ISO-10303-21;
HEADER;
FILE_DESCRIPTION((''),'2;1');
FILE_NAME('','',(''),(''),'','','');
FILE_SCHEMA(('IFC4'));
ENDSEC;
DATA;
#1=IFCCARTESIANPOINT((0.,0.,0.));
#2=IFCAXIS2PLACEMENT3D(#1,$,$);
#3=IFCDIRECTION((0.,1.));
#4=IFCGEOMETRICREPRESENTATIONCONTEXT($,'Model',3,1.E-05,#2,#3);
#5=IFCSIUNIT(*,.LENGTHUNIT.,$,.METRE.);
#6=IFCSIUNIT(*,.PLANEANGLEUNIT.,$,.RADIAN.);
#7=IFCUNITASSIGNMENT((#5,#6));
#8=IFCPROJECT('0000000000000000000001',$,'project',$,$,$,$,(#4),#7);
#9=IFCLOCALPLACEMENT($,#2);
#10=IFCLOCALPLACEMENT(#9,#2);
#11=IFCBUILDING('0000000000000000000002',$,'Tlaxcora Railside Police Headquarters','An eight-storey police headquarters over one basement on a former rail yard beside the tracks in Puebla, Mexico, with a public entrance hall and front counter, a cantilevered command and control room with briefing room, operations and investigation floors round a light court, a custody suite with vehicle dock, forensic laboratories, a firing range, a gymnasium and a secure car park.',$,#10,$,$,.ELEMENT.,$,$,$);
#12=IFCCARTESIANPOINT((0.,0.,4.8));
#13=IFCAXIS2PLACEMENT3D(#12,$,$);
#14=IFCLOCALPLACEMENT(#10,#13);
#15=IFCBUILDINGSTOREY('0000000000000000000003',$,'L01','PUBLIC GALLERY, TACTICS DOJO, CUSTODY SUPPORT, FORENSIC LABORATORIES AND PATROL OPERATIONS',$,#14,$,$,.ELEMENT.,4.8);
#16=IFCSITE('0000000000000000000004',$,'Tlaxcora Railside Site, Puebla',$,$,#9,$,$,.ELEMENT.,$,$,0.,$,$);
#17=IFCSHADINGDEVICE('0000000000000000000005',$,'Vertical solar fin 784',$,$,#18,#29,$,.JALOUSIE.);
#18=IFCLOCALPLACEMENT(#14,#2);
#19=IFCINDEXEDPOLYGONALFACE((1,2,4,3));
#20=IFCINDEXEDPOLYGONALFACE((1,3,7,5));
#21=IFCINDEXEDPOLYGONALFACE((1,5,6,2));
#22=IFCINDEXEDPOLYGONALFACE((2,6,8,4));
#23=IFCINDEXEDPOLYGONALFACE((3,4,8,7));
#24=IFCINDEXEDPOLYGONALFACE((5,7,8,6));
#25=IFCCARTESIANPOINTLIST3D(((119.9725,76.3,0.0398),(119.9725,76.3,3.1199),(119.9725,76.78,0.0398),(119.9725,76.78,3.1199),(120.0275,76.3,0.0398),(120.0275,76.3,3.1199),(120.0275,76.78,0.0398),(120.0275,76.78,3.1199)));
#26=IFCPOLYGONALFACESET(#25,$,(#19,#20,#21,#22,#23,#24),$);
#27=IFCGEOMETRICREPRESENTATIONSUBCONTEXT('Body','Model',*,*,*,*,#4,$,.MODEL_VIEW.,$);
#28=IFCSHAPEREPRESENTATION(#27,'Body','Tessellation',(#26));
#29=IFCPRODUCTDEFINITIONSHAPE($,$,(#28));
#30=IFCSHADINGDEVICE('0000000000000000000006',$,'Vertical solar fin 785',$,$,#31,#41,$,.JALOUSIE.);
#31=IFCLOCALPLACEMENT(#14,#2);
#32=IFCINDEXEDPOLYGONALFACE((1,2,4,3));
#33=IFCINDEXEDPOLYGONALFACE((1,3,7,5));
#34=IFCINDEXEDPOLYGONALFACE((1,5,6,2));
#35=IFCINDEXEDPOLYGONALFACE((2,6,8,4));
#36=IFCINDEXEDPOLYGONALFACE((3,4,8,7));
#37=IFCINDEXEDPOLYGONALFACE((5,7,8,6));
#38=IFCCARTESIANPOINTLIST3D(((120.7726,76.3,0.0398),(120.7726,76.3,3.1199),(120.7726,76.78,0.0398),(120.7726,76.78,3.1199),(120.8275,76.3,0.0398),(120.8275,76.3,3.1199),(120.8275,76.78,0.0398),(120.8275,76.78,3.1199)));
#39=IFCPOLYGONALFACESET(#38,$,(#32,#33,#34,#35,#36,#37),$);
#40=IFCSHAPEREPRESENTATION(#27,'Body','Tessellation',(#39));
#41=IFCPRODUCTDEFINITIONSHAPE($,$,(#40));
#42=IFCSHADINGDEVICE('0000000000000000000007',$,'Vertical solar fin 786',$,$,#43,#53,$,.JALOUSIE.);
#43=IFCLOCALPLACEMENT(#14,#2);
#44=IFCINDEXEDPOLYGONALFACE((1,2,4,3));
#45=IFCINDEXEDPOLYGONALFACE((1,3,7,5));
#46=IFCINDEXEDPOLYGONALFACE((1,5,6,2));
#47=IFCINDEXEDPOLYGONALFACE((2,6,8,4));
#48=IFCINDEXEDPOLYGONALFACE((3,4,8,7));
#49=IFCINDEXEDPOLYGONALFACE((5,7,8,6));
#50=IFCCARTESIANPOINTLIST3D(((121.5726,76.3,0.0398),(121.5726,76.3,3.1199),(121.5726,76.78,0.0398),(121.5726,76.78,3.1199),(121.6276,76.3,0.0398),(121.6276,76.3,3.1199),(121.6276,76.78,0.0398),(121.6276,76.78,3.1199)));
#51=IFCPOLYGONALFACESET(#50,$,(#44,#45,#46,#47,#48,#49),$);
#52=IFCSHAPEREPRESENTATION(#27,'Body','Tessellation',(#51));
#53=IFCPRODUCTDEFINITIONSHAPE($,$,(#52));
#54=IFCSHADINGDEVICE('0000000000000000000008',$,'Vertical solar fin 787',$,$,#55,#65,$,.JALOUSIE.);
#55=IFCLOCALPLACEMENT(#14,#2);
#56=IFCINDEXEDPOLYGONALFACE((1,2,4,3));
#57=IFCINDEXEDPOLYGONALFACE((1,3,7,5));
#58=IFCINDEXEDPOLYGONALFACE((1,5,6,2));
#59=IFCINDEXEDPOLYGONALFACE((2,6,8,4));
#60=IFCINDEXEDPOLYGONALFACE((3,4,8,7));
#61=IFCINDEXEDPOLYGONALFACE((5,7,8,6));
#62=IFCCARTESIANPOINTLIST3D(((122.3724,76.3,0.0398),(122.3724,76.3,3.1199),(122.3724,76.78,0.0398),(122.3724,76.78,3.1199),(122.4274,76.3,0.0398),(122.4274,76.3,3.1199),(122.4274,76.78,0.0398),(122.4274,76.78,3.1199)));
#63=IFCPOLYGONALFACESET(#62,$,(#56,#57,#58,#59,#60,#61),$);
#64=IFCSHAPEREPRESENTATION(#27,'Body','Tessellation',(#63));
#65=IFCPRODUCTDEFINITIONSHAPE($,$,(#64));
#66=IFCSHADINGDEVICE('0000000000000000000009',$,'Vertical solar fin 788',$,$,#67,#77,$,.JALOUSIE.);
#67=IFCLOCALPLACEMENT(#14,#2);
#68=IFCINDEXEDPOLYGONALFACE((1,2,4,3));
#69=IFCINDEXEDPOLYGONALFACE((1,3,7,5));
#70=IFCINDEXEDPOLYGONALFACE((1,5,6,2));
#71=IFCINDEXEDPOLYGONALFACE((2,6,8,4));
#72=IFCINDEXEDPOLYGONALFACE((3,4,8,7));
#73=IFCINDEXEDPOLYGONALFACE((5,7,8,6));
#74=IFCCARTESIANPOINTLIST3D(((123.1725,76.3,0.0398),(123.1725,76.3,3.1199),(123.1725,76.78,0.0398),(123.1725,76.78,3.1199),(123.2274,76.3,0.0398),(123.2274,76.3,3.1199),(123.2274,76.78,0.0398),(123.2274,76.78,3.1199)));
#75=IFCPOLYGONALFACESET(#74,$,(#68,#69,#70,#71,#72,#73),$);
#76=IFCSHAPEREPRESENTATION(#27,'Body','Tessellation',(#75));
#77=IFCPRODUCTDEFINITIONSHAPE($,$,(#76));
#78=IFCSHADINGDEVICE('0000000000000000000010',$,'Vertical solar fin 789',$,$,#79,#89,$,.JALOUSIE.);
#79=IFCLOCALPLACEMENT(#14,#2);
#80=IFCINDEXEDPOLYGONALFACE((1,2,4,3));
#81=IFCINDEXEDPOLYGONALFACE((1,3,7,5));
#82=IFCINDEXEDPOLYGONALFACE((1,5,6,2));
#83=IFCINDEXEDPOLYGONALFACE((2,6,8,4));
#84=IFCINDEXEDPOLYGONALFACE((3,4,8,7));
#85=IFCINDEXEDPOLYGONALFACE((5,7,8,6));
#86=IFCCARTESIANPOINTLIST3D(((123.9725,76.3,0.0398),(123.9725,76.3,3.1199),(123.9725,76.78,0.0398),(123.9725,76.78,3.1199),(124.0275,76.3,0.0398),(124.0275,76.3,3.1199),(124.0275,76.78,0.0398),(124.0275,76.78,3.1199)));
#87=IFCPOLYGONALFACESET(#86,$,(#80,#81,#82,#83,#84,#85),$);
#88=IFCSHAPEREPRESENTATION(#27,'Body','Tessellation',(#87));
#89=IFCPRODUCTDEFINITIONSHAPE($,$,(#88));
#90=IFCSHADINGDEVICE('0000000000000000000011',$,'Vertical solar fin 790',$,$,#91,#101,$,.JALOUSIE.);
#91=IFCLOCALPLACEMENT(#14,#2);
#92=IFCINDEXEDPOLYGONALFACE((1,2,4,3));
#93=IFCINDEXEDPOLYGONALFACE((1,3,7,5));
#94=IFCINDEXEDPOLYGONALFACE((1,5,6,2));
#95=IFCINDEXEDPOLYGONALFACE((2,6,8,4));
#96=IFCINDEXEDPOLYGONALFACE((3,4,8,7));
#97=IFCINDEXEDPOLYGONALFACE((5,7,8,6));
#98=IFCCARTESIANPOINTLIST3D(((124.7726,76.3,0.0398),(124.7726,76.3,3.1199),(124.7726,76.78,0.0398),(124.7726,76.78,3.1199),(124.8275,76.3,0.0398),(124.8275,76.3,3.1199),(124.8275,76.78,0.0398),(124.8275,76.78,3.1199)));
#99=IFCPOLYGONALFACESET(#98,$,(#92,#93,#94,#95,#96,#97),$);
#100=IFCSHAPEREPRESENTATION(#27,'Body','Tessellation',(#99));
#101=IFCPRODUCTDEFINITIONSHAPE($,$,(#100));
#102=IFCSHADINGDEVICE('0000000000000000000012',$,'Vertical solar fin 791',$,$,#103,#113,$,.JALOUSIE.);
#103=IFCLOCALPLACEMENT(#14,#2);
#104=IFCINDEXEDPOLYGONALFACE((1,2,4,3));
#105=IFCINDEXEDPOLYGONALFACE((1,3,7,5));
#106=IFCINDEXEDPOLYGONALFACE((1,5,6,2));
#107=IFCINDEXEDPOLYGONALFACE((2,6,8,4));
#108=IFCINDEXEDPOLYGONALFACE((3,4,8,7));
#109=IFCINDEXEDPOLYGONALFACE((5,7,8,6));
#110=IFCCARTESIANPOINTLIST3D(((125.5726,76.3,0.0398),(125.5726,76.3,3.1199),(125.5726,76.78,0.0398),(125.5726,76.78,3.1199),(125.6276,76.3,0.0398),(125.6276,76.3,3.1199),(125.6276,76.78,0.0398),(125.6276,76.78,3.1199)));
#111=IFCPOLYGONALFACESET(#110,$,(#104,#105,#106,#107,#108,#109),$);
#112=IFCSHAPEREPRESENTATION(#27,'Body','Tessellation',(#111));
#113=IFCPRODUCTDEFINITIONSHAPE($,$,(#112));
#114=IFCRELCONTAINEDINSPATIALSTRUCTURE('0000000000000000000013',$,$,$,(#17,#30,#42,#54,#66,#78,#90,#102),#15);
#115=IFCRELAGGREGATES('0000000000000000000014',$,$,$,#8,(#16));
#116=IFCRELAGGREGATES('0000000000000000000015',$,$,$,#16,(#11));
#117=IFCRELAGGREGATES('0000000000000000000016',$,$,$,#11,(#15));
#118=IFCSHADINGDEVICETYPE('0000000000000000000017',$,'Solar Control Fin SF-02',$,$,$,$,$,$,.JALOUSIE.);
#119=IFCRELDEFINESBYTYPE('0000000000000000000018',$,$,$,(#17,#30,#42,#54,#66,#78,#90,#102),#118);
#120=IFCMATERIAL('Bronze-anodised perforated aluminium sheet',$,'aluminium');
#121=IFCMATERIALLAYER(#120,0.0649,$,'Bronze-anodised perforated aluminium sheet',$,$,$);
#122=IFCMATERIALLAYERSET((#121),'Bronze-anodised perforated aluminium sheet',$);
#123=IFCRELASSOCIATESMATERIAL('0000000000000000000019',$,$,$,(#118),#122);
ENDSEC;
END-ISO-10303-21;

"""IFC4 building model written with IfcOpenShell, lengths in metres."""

from ifc_helpers import new_model, si_unit, direction, frame, origin, origin_2d, place, context, subcontext, project, spatial, rectangle, extrude, material, layer, layer_set, type_object, element, save


model = new_model("IFC4")

# Units and contexts
model_context = context("Model", 3, precision=1e-05, world=origin(), true_north=direction((0.0, 1.0)))
body_context = subcontext(model_context, "Body", "Model", "MODEL_VIEW")
ifc_project = project(units=[si_unit("LENGTHUNIT", "METRE"), si_unit("PLANEANGLEUNIT", "RADIAN")], contexts=[model_context])

# Site, building, storey
site_placement = place(None, origin())
site = spatial("IfcSite", under=ifc_project, at=site_placement, Name="Tlaxcora Railside Site, Puebla", CompositionType="ELEMENT", RefElevation=0.0)
building_placement = place(site_placement, origin())
building = spatial("IfcBuilding", under=site, at=building_placement, Name="Tlaxcora Railside Police Headquarters", Description="An eight-storey police headquarters over one basement on a former rail yard beside the tracks in Puebla, Mexico, with a public entrance hall and front counter, a cantilevered command and control room with briefing room, operations and investigation floors round a light court, a custody suite with vehicle dock, forensic laboratories, a firing range, a gymnasium and a secure car park.", CompositionType="ELEMENT")
storey_placement = place(building_placement, frame((0.0, 0.0, 4.8)))
storey = spatial("IfcBuildingStorey", under=building, at=storey_placement, Name="L01", Description="PUBLIC GALLERY, TACTICS DOJO, CUSTODY SUPPORT, FORENSIC LABORATORIES AND PATROL OPERATIONS", CompositionType="ELEMENT", Elevation=4.8)

# Shading devices
ifc_material_1 = material(Name="Bronze-anodised perforated aluminium sheet", Category="aluminium")
ifc_layer_1 = layer(ifc_material_1, 0.0649, Name="Bronze-anodised perforated aluminium sheet")
ifc_layer_set_1 = layer_set([ifc_layer_1], Name="Bronze-anodised perforated aluminium sheet")
shading_device_type = type_object("IfcShadingDeviceType", Name="Solar Control Fin SF-02", PredefinedType="JALOUSIE", material=ifc_layer_set_1)
for number, where, z_axis, x_axis, name in (
    (1, (120.0, 76.54, 0.0398), (0.0, 0.0, 1.0), (0.0, -1.0, 0.0), "Vertical solar fin 784"),
    (2, (120.8, 76.54, 0.0398), (0.0, 0.0, 1.0), (0.0, -1.0, 0.0), "Vertical solar fin 785"),
    (3, (121.6001, 76.54, 0.0398), (0.0, 0.0, 1.0), (0.0, -1.0, 0.0), "Vertical solar fin 786"),
    (4, (122.3999, 76.54, 0.0398), (0.0, 0.0, 1.0), (0.0, -1.0, 0.0), "Vertical solar fin 787"),
    (5, (123.2, 76.54, 0.0398), (0.0, 0.0, 1.0), (0.0, -1.0, 0.0), "Vertical solar fin 788"),
    (6, (124.0, 76.54, 0.0398), (0.0, 0.0, 1.0), (0.0, -1.0, 0.0), "Vertical solar fin 789"),
    (7, (124.8, 76.54, 0.0398), (0.0, 0.0, 1.0), (0.0, -1.0, 0.0), "Vertical solar fin 790"),
    (8, (125.6001, 76.54, 0.0398), (0.0, 0.0, 1.0), (0.0, -1.0, 0.0), "Vertical solar fin 791"),
):
    element("IfcShadingDevice", number, at=place(storey_placement, frame(where, z_axis=z_axis, x_axis=x_axis)), inside=storey, type_object=shading_device_type, Name=name, PredefinedType="JALOUSIE", context=body_context, shape_type="SweptSolid", body=[
        extrude(rectangle(XDim=0.48, YDim=0.0549, at=origin_2d()), origin(), (0.0, 0.0, 1.0), 3.0801),
    ])

save(model, "model.ifc")
